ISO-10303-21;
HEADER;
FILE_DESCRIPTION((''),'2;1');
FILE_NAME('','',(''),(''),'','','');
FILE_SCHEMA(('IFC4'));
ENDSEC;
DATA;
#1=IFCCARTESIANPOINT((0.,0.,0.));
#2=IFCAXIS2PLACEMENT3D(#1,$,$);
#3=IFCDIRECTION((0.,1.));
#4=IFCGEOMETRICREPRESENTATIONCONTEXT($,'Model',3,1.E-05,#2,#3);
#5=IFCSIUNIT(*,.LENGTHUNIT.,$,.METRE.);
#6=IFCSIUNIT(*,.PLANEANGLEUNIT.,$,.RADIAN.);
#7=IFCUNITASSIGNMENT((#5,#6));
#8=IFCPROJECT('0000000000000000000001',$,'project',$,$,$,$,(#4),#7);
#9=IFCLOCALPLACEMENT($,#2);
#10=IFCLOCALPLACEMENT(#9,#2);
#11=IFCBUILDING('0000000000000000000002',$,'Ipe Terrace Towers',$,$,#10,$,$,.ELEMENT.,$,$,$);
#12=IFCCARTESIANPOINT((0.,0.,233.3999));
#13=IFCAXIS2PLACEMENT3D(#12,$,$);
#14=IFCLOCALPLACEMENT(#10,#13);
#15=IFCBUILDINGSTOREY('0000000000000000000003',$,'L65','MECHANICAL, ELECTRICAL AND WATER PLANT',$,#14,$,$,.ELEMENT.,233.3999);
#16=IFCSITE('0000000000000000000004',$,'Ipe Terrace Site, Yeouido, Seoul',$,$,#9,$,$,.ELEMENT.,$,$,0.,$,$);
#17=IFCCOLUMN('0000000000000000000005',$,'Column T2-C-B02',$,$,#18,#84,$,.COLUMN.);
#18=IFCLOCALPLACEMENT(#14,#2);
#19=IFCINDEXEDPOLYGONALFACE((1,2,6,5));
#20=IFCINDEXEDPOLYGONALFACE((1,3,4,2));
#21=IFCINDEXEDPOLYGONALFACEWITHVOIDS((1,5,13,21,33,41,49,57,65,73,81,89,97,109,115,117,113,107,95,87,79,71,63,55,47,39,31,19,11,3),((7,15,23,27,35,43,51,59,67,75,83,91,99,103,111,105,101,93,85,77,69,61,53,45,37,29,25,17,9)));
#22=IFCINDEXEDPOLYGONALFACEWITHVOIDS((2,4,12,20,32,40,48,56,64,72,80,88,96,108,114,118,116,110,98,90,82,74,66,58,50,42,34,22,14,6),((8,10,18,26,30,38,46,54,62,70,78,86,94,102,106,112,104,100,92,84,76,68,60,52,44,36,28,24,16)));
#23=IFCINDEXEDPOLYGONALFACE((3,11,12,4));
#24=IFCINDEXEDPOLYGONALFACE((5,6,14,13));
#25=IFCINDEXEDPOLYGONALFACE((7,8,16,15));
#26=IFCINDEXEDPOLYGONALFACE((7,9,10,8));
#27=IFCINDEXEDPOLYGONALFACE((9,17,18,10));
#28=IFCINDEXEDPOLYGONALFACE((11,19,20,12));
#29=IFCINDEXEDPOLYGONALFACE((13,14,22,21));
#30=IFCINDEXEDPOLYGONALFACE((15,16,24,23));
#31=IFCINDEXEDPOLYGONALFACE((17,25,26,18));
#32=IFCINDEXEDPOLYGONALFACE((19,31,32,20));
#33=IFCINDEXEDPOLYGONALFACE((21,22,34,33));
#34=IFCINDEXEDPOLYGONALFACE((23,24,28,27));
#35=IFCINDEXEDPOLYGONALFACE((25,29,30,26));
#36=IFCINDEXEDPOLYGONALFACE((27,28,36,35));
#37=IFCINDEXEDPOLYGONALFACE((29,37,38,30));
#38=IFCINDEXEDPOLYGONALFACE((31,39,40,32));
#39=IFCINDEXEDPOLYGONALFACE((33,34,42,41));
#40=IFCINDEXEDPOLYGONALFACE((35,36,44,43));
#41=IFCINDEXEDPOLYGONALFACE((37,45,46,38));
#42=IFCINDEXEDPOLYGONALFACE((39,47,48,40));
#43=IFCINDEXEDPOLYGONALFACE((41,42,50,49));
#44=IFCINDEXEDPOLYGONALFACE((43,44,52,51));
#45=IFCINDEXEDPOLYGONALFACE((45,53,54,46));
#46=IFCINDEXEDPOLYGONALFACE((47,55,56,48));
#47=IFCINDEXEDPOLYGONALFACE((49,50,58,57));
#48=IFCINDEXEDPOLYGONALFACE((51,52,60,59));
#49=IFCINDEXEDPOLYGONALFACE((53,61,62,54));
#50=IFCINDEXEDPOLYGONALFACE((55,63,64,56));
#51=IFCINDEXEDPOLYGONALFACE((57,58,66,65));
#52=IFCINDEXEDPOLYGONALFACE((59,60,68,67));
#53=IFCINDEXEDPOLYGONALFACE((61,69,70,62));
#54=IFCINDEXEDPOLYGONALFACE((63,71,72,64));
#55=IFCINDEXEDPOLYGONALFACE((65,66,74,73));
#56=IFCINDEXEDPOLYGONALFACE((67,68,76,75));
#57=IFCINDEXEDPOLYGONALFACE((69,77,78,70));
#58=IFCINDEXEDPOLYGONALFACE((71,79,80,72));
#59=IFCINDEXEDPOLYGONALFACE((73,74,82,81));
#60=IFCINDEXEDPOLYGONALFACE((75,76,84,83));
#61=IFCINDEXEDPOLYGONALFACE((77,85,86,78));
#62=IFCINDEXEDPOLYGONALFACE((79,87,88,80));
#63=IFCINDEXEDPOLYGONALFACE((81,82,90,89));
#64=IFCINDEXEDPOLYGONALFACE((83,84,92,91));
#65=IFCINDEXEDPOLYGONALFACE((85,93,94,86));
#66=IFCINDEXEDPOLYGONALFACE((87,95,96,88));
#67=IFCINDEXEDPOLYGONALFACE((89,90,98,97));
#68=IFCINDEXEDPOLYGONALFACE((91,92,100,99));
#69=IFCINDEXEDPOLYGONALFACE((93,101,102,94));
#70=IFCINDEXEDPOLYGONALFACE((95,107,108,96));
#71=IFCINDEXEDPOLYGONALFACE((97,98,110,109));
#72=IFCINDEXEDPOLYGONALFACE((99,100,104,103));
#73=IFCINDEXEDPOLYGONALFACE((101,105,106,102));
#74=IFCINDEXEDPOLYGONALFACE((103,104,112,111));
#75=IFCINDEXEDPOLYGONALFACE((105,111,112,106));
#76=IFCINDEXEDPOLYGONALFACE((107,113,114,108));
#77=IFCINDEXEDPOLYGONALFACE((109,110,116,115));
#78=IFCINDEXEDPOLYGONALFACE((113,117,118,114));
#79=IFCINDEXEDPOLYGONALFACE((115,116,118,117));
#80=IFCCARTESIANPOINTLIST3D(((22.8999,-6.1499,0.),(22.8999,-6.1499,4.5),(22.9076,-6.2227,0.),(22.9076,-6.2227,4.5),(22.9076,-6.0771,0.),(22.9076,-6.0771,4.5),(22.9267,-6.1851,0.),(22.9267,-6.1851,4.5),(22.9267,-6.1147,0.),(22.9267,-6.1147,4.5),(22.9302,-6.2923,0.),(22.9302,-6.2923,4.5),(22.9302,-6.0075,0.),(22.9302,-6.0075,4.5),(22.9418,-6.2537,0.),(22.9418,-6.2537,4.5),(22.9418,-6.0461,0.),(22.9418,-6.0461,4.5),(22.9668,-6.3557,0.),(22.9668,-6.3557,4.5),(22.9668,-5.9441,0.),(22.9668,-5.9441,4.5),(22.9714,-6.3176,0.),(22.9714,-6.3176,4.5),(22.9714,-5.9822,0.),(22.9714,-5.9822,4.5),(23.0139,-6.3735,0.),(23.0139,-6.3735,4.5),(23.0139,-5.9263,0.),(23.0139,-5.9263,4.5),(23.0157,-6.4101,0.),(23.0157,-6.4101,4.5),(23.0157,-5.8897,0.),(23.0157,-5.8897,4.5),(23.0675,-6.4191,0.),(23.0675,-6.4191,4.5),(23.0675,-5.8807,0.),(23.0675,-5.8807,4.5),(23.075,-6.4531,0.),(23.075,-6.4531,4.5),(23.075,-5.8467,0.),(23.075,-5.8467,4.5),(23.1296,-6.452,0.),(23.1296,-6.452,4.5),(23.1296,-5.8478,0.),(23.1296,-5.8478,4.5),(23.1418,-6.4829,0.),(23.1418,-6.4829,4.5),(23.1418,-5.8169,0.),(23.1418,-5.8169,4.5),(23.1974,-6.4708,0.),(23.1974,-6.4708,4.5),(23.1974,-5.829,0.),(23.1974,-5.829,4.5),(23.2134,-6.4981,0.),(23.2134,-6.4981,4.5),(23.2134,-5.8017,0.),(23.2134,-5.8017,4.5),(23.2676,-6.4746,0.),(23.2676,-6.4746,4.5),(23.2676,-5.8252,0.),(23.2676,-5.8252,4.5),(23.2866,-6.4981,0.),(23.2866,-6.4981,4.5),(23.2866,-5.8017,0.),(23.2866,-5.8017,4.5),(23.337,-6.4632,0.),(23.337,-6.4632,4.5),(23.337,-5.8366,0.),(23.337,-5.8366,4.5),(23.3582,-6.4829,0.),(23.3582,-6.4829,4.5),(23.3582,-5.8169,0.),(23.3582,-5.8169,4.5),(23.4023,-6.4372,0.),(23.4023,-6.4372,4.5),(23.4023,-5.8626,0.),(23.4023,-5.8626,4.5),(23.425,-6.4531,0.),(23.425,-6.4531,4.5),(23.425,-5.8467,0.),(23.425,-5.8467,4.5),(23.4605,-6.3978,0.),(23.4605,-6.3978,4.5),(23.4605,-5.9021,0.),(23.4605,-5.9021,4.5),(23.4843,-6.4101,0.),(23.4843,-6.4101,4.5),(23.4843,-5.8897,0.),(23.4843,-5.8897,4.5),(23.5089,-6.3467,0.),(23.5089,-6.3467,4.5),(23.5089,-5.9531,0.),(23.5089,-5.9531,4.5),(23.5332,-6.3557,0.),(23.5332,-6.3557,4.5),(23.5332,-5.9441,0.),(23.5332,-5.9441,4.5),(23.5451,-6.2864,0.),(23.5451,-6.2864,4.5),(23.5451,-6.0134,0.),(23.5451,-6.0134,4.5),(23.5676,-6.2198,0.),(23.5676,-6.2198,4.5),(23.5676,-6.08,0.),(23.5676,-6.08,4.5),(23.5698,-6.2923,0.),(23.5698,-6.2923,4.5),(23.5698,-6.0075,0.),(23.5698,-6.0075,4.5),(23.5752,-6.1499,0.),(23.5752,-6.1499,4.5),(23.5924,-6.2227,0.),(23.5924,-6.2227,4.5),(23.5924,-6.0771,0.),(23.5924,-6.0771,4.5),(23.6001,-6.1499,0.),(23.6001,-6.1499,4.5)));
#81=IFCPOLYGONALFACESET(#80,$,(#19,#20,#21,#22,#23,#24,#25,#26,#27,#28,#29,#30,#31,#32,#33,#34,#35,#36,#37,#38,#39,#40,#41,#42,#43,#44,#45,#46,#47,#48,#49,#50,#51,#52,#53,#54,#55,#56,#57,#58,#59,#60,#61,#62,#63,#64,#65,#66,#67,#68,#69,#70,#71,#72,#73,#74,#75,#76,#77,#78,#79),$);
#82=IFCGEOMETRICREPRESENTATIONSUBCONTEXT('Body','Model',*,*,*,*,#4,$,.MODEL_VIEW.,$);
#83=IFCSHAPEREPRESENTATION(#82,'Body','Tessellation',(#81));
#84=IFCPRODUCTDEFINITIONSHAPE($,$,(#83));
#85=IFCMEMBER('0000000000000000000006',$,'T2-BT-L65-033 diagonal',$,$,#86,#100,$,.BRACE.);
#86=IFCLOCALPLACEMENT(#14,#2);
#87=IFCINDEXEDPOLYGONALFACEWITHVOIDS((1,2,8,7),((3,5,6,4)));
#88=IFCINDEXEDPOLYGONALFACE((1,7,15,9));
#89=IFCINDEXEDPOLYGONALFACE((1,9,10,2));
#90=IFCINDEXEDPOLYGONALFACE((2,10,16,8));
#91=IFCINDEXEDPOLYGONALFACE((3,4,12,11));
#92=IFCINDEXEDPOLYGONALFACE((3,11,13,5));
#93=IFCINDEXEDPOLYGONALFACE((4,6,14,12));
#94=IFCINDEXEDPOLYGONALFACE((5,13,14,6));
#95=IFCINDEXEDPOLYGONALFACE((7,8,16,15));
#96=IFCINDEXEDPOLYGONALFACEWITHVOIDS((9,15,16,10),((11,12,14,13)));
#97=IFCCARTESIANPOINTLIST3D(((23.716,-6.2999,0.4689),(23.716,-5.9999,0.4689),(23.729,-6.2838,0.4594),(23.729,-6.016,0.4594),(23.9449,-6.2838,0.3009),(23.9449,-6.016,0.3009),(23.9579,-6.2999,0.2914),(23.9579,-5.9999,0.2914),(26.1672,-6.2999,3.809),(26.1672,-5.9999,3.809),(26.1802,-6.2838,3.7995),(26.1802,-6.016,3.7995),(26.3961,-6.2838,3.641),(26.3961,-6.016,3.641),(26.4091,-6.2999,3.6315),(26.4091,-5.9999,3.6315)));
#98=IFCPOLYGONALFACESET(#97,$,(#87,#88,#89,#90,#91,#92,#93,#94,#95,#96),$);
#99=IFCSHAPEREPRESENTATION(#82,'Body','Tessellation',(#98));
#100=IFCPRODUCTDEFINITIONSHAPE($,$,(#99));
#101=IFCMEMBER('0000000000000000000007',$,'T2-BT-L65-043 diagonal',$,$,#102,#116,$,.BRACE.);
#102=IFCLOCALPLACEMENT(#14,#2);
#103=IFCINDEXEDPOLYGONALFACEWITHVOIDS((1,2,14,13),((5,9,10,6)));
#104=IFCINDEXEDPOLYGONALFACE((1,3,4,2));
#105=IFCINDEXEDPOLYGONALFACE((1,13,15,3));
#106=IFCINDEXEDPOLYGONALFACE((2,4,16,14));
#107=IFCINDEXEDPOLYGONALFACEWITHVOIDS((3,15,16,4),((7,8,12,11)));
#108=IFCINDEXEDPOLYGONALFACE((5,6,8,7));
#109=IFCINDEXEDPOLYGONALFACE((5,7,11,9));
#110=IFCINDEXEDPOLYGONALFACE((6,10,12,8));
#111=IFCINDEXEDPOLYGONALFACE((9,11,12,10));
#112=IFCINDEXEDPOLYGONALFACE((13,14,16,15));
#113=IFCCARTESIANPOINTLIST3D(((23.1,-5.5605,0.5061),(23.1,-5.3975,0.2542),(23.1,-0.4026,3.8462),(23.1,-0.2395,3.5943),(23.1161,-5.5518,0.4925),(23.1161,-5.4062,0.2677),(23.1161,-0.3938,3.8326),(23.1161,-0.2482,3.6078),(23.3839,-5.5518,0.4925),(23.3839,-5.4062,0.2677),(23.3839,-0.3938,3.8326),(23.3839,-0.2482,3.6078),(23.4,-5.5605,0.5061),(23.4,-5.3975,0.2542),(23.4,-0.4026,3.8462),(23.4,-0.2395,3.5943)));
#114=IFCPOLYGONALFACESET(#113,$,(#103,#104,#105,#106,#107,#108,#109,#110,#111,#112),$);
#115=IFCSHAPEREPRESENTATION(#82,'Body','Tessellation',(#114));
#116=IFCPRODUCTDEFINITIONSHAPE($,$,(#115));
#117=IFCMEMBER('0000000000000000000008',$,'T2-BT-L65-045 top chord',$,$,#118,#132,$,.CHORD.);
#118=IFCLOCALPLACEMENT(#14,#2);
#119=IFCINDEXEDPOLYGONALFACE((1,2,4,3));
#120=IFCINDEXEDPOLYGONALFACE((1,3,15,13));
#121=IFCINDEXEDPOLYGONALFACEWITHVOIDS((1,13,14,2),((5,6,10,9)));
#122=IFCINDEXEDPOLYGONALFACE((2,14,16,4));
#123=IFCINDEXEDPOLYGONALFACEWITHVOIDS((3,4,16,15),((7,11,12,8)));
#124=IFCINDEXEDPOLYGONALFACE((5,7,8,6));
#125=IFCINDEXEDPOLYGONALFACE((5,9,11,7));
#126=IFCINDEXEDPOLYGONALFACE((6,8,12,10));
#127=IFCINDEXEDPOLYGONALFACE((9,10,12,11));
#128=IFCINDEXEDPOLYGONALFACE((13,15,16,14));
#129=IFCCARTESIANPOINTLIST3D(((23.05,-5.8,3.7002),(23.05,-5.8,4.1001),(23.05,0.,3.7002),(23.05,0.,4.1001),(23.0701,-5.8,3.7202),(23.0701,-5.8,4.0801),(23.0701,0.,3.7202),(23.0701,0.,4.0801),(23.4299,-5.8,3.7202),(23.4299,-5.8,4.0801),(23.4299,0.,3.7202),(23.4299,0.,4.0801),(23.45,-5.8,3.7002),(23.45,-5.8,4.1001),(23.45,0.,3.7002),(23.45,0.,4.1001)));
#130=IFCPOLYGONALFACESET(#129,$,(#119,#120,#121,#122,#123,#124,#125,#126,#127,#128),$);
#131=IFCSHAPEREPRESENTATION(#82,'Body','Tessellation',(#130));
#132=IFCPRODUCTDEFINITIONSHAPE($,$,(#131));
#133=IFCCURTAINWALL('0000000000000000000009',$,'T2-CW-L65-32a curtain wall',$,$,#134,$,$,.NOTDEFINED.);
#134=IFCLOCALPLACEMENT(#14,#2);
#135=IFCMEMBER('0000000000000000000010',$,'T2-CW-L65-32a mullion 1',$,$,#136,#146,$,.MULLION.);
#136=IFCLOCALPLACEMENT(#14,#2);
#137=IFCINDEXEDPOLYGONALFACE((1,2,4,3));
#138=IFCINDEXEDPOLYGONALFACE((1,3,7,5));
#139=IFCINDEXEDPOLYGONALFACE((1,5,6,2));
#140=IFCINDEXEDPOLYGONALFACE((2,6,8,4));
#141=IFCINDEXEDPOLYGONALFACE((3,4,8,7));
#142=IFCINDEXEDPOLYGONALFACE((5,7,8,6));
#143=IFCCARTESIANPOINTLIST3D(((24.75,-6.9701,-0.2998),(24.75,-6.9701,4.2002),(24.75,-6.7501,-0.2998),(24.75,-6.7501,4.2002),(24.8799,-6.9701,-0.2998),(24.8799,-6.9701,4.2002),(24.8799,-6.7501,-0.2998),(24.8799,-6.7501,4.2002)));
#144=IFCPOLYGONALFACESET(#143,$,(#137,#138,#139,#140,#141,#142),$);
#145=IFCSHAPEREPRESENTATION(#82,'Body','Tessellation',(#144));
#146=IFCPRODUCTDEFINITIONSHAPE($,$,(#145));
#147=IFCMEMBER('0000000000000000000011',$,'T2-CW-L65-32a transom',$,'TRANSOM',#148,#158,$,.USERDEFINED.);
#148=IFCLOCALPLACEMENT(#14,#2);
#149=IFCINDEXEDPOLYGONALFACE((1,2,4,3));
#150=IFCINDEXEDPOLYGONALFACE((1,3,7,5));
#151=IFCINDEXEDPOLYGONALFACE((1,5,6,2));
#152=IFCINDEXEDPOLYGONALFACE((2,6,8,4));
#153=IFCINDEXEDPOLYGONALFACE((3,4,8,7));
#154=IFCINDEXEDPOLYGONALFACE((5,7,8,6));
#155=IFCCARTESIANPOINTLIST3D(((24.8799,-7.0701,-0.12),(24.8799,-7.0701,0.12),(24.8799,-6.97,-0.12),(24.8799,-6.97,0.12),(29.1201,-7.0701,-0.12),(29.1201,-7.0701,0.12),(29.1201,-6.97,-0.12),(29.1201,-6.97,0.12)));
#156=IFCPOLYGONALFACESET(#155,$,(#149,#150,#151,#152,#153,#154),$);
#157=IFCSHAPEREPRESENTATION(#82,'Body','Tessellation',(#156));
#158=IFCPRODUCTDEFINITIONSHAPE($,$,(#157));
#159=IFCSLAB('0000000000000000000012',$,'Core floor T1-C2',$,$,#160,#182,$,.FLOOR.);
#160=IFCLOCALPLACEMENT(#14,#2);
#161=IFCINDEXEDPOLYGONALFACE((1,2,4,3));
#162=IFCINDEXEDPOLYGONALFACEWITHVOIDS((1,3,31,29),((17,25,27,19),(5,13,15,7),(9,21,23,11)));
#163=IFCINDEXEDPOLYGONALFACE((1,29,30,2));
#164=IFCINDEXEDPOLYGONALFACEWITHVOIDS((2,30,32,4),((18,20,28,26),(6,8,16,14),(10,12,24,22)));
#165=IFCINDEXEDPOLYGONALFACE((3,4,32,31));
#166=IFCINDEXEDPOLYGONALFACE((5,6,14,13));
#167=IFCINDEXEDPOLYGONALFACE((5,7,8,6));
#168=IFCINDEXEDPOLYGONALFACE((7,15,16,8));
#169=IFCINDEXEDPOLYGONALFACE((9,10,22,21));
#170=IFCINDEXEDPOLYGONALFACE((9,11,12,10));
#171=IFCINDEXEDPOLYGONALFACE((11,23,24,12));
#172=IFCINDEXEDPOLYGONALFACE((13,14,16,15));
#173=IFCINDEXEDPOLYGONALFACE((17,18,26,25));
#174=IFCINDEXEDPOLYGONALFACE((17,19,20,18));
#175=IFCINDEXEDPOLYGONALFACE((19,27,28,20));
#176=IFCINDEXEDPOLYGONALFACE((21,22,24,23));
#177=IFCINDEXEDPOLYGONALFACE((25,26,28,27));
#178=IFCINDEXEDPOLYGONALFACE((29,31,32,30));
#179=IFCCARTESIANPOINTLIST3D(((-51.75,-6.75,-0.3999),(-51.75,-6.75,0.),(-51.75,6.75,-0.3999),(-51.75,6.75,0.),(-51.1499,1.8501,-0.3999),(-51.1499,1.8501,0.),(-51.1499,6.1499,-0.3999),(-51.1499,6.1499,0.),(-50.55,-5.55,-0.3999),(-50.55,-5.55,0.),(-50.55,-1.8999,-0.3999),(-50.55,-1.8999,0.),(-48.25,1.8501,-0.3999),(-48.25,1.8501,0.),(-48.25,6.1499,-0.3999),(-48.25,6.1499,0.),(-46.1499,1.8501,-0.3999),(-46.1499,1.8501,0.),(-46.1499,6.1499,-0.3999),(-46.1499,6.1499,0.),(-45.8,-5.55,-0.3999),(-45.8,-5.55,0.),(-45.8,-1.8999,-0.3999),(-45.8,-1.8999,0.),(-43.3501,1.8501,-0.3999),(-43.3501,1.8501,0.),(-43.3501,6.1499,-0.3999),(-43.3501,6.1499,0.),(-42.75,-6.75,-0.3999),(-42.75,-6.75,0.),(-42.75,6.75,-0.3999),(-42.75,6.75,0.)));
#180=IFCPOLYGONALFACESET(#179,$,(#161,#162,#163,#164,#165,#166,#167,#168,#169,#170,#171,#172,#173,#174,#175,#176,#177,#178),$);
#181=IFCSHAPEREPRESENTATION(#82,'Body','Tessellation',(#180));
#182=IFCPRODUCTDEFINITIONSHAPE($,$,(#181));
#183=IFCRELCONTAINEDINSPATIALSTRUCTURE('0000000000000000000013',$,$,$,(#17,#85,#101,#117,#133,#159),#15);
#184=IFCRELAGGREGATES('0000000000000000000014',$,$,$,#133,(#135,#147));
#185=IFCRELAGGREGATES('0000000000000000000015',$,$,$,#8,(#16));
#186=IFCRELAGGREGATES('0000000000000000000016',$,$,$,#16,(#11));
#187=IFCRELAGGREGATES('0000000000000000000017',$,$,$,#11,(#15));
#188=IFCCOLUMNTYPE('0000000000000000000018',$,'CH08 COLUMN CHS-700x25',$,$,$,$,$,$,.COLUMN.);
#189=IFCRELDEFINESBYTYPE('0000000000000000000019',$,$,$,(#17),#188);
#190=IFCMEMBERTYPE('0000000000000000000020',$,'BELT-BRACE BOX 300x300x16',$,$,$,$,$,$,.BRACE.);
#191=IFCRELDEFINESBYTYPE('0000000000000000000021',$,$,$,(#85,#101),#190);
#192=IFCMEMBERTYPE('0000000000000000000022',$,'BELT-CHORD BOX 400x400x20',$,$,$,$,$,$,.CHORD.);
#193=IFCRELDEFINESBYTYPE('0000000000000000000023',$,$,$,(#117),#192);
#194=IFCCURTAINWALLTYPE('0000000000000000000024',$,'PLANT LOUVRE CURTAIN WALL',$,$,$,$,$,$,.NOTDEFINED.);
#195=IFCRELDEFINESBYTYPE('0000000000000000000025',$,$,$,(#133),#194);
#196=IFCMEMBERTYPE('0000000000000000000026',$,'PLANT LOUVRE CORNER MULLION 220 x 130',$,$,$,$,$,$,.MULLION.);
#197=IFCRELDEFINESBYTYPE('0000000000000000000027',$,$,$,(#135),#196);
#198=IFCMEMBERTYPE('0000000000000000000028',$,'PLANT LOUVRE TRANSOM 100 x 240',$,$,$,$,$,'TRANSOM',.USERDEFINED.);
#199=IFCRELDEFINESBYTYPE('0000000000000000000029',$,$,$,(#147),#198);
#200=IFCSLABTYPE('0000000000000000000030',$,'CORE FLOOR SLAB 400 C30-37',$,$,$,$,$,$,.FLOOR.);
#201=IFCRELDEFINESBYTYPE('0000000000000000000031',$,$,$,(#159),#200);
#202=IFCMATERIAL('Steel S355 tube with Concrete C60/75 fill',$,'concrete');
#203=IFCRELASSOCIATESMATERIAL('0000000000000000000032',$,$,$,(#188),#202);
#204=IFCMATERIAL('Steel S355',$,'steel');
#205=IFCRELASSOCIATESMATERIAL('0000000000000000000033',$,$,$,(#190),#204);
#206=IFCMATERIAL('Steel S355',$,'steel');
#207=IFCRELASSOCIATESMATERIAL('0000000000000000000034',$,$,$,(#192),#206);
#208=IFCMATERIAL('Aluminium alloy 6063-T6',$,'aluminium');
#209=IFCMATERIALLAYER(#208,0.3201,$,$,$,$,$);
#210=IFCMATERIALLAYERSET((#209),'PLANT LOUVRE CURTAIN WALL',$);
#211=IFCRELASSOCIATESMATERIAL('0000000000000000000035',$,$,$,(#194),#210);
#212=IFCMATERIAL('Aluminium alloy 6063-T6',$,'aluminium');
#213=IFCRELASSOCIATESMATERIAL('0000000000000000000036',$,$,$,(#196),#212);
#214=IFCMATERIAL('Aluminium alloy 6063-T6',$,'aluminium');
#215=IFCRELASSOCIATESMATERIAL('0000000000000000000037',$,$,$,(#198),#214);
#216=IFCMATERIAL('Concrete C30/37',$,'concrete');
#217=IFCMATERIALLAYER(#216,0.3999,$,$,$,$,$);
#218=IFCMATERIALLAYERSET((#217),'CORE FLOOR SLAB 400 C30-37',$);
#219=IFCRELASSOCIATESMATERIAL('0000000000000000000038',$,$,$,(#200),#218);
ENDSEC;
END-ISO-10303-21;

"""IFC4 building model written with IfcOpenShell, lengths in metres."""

from ifc_helpers import new_model, si_unit, direction, frame, origin, origin_2d, place, context, subcontext, project, spatial, polyline, rectangle, hollow_rectangle, hollow_circle, outline, extrude, material, layer, layer_set, material_profile, profile_set, type_object, element, aggregate, save


model = new_model("IFC4")

# Units and contexts
model_context = context("Model", 3, precision=1e-05, world=origin(), true_north=direction((0.0, 1.0)))
body_context = subcontext(model_context, "Body", "Model", "MODEL_VIEW")
ifc_project = project(units=[si_unit("LENGTHUNIT", "METRE"), si_unit("PLANEANGLEUNIT", "RADIAN")], contexts=[model_context])

# Site, building, storey
site_placement = place(None, origin())
site = spatial("IfcSite", under=ifc_project, at=site_placement, Name="Ipe Terrace Site, Yeouido, Seoul", CompositionType="ELEMENT", RefElevation=0.0)
building_placement = place(site_placement, origin())
building = spatial("IfcBuilding", under=site, at=building_placement, Name="Ipe Terrace Towers", CompositionType="ELEMENT")
storey_placement = place(building_placement, frame((0.0, 0.0, 233.3999)))
storey = spatial("IfcBuildingStorey", under=building, at=storey_placement, Name="L65", Description="MECHANICAL, ELECTRICAL AND WATER PLANT", CompositionType="ELEMENT", Elevation=233.3999)

# Column
ifc_material_1 = material(Name="Steel S355 tube with Concrete C60/75 fill", Category="concrete")
ifc_material_profile_1 = material_profile(ifc_material_1, hollow_circle(Radius=0.3501, WallThickness=0.0249, at=origin_2d()), Name="CHS-700x25")
ifc_profile_set_1 = profile_set([ifc_material_profile_1], Name="Steel S355 tube with Concrete C60/75 fill")
column_type = type_object("IfcColumnType", Name="CH08 COLUMN CHS-700x25", PredefinedType="COLUMN", material=ifc_profile_set_1)
column_placement = place(storey_placement, frame((23.25, -6.1499, 0.0), z_axis=(0.0, 0.0, 1.0), x_axis=(1.0, 0.0, 0.0)))
element("IfcColumn", 1, at=column_placement, inside=storey, type_object=column_type, Name="Column T2-C-B02", PredefinedType="COLUMN", context=body_context, shape_type="SweptSolid", body=[
    extrude(hollow_circle(Radius=0.3501, WallThickness=0.0249, at=origin_2d()), origin(), (0.0, 0.0, 1.0), 4.5),
])

# Members
ifc_material_2 = material(Name="Steel S355", Category="steel")
ifc_material_profile_2 = material_profile(ifc_material_2, hollow_rectangle(XDim=0.3, YDim=0.3, WallThickness=0.0161, at=origin_2d()), Name="BELT-BRACE BOX 300x300x16")
ifc_profile_set_2 = profile_set([ifc_material_profile_2], Name="Steel S355")
member_type_1 = type_object("IfcMemberType", Name="BELT-BRACE BOX 300x300x16", PredefinedType="BRACE", material=ifc_profile_set_2)
member_1_placement = place(storey_placement, frame((23.8369, -6.1499, 0.3801), z_axis=(0.591642, 0.0, 0.806201), x_axis=(0.0, 1.0, 0.0)))
element("IfcMember", 2, at=member_1_placement, inside=storey, type_object=member_type_1, Name="T2-BT-L65-033 diagonal", PredefinedType="BRACE", context=body_context, shape_type="SweptSolid", body=[
    extrude(hollow_rectangle(XDim=0.3, YDim=0.3, WallThickness=0.0161, at=origin_2d()), origin(), (0.0, 0.0, 1.0), 4.1431),
])
member_2_placement = place(storey_placement, frame((23.25, -5.479, 0.3801), z_axis=(0.0, 0.839378, 0.543548), x_axis=(-1.0, 0.0, 0.0)))
element("IfcMember", 3, at=member_2_placement, inside=storey, type_object=member_type_1, Name="T2-BT-L65-043 diagonal", PredefinedType="BRACE", context=body_context, shape_type="SweptSolid", body=[
    extrude(hollow_rectangle(XDim=0.3, YDim=0.3, WallThickness=0.0161, at=origin_2d()), origin(), (0.0, 0.0, 1.0), 6.145),
])
ifc_material_3 = material(Name="Steel S355", Category="steel")
ifc_material_profile_3 = material_profile(ifc_material_3, hollow_rectangle(XDim=0.3999, YDim=0.3999, WallThickness=0.02, at=origin_2d()), Name="BELT-CHORD BOX 400x400x20")
ifc_profile_set_3 = profile_set([ifc_material_profile_3], Name="Steel S355")
member_type_2 = type_object("IfcMemberType", Name="BELT-CHORD BOX 400x400x20", PredefinedType="CHORD", material=ifc_profile_set_3)
member_3_placement = place(storey_placement, frame((23.25, 0.0, 3.9001), z_axis=(0.0, -1.0, 0.0), x_axis=(1.0, 0.0, 0.0)))
element("IfcMember", 4, at=member_3_placement, inside=storey, type_object=member_type_2, Name="T2-BT-L65-045 top chord", PredefinedType="CHORD", context=body_context, shape_type="SweptSolid", body=[
    extrude(hollow_rectangle(XDim=0.3999, YDim=0.3999, WallThickness=0.02, at=origin_2d()), origin(), (0.0, 0.0, 1.0), 5.8),
])

# Curtain wall, members
ifc_material_4 = material(Name="Aluminium alloy 6063-T6", Category="aluminium")
ifc_layer_1 = layer(ifc_material_4, 0.3201)
ifc_layer_set_1 = layer_set([ifc_layer_1], Name="PLANT LOUVRE CURTAIN WALL")
curtain_wall_type = type_object("IfcCurtainWallType", Name="PLANT LOUVRE CURTAIN WALL", PredefinedType="NOTDEFINED", material=ifc_layer_set_1)
curtain_wall_placement = place(storey_placement, origin())
curtain_wall = element("IfcCurtainWall", 5, at=curtain_wall_placement, inside=storey, type_object=curtain_wall_type, Name="T2-CW-L65-32a curtain wall", PredefinedType="NOTDEFINED")
ifc_material_5 = material(Name="Aluminium alloy 6063-T6", Category="aluminium")
ifc_material_profile_4 = material_profile(ifc_material_5, rectangle(XDim=0.22, YDim=0.1299, at=origin_2d()), Name="PLANT LOUVRE CORNER MULLION 220 x 130")
ifc_profile_set_4 = profile_set([ifc_material_profile_4], Name="Aluminium alloy 6063-T6")
member_type_3 = type_object("IfcMemberType", Name="PLANT LOUVRE CORNER MULLION 220 x 130", PredefinedType="MULLION", material=ifc_profile_set_4)
member_4_placement = place(storey_placement, frame((24.8149, -6.8601, -0.2998), z_axis=(0.0, 0.0, 1.0), x_axis=(0.0, -1.0, 0.0)))
member_4 = element("IfcMember", 6, at=member_4_placement, type_object=member_type_3, Name="T2-CW-L65-32a mullion 1", PredefinedType="MULLION", context=body_context, shape_type="SweptSolid", body=[
    extrude(rectangle(XDim=0.22, YDim=0.1299, at=origin_2d()), origin(), (0.0, 0.0, 1.0), 4.5),
])
ifc_material_6 = material(Name="Aluminium alloy 6063-T6", Category="aluminium")
ifc_material_profile_5 = material_profile(ifc_material_6, rectangle(XDim=0.1001, YDim=0.24, at=origin_2d()), Name="PLANT LOUVRE TRANSOM 100 x 240")
ifc_profile_set_5 = profile_set([ifc_material_profile_5], Name="Aluminium alloy 6063-T6")
member_type_4 = type_object("IfcMemberType", Name="PLANT LOUVRE TRANSOM 100 x 240", ElementType="TRANSOM", PredefinedType="USERDEFINED", material=ifc_profile_set_5)
member_5_placement = place(storey_placement, frame((24.8799, -7.02, 0.0), z_axis=(1.0, 0.0, 0.0), x_axis=(0.0, -1.0, 0.0)))
member_5 = element("IfcMember", 7, at=member_5_placement, type_object=member_type_4, Name="T2-CW-L65-32a transom", ObjectType="TRANSOM", PredefinedType="USERDEFINED", context=body_context, shape_type="SweptSolid", body=[
    extrude(rectangle(XDim=0.1001, YDim=0.24, at=origin_2d()), origin(), (0.0, 0.0, 1.0), 4.2402),
])
aggregate(curtain_wall, [member_4, member_5])

# Slab
ifc_material_7 = material(Name="Concrete C30/37", Category="concrete")
ifc_layer_2 = layer(ifc_material_7, 0.3999)
ifc_layer_set_2 = layer_set([ifc_layer_2], Name="CORE FLOOR SLAB 400 C30-37")
slab_type = type_object("IfcSlabType", Name="CORE FLOOR SLAB 400 C30-37", PredefinedType="FLOOR", material=ifc_layer_set_2)
slab_1_placement = place(storey_placement, frame((0.0, 0.0, -0.3999)))
element("IfcSlab", 8, at=slab_1_placement, inside=storey, type_object=slab_type, Name="Core floor T1-C2", PredefinedType="FLOOR", context=body_context, shape_type="SweptSolid", body=[
    extrude(outline(polyline([(-51.75, -6.75), (-51.75, 6.75), (-42.75, 6.75), (-42.75, -6.75), (-51.75, -6.75)]), holes=[polyline([(-45.8, -1.8999), (-50.55, -1.8999), (-50.55, -5.55), (-45.8, -5.55), (-45.8, -1.8999)]), polyline([(-48.25, 1.8501), (-48.25, 6.1499), (-51.1499, 6.1499), (-51.1499, 1.8501), (-48.25, 1.8501)]), polyline([(-43.3501, 1.8501), (-43.3501, 6.1499), (-46.1499, 6.1499), (-46.1499, 1.8501), (-43.3501, 1.8501)])]), origin(), (0.0, 0.0, 1.0), 0.3999),
])

save(model, "model.ifc")
